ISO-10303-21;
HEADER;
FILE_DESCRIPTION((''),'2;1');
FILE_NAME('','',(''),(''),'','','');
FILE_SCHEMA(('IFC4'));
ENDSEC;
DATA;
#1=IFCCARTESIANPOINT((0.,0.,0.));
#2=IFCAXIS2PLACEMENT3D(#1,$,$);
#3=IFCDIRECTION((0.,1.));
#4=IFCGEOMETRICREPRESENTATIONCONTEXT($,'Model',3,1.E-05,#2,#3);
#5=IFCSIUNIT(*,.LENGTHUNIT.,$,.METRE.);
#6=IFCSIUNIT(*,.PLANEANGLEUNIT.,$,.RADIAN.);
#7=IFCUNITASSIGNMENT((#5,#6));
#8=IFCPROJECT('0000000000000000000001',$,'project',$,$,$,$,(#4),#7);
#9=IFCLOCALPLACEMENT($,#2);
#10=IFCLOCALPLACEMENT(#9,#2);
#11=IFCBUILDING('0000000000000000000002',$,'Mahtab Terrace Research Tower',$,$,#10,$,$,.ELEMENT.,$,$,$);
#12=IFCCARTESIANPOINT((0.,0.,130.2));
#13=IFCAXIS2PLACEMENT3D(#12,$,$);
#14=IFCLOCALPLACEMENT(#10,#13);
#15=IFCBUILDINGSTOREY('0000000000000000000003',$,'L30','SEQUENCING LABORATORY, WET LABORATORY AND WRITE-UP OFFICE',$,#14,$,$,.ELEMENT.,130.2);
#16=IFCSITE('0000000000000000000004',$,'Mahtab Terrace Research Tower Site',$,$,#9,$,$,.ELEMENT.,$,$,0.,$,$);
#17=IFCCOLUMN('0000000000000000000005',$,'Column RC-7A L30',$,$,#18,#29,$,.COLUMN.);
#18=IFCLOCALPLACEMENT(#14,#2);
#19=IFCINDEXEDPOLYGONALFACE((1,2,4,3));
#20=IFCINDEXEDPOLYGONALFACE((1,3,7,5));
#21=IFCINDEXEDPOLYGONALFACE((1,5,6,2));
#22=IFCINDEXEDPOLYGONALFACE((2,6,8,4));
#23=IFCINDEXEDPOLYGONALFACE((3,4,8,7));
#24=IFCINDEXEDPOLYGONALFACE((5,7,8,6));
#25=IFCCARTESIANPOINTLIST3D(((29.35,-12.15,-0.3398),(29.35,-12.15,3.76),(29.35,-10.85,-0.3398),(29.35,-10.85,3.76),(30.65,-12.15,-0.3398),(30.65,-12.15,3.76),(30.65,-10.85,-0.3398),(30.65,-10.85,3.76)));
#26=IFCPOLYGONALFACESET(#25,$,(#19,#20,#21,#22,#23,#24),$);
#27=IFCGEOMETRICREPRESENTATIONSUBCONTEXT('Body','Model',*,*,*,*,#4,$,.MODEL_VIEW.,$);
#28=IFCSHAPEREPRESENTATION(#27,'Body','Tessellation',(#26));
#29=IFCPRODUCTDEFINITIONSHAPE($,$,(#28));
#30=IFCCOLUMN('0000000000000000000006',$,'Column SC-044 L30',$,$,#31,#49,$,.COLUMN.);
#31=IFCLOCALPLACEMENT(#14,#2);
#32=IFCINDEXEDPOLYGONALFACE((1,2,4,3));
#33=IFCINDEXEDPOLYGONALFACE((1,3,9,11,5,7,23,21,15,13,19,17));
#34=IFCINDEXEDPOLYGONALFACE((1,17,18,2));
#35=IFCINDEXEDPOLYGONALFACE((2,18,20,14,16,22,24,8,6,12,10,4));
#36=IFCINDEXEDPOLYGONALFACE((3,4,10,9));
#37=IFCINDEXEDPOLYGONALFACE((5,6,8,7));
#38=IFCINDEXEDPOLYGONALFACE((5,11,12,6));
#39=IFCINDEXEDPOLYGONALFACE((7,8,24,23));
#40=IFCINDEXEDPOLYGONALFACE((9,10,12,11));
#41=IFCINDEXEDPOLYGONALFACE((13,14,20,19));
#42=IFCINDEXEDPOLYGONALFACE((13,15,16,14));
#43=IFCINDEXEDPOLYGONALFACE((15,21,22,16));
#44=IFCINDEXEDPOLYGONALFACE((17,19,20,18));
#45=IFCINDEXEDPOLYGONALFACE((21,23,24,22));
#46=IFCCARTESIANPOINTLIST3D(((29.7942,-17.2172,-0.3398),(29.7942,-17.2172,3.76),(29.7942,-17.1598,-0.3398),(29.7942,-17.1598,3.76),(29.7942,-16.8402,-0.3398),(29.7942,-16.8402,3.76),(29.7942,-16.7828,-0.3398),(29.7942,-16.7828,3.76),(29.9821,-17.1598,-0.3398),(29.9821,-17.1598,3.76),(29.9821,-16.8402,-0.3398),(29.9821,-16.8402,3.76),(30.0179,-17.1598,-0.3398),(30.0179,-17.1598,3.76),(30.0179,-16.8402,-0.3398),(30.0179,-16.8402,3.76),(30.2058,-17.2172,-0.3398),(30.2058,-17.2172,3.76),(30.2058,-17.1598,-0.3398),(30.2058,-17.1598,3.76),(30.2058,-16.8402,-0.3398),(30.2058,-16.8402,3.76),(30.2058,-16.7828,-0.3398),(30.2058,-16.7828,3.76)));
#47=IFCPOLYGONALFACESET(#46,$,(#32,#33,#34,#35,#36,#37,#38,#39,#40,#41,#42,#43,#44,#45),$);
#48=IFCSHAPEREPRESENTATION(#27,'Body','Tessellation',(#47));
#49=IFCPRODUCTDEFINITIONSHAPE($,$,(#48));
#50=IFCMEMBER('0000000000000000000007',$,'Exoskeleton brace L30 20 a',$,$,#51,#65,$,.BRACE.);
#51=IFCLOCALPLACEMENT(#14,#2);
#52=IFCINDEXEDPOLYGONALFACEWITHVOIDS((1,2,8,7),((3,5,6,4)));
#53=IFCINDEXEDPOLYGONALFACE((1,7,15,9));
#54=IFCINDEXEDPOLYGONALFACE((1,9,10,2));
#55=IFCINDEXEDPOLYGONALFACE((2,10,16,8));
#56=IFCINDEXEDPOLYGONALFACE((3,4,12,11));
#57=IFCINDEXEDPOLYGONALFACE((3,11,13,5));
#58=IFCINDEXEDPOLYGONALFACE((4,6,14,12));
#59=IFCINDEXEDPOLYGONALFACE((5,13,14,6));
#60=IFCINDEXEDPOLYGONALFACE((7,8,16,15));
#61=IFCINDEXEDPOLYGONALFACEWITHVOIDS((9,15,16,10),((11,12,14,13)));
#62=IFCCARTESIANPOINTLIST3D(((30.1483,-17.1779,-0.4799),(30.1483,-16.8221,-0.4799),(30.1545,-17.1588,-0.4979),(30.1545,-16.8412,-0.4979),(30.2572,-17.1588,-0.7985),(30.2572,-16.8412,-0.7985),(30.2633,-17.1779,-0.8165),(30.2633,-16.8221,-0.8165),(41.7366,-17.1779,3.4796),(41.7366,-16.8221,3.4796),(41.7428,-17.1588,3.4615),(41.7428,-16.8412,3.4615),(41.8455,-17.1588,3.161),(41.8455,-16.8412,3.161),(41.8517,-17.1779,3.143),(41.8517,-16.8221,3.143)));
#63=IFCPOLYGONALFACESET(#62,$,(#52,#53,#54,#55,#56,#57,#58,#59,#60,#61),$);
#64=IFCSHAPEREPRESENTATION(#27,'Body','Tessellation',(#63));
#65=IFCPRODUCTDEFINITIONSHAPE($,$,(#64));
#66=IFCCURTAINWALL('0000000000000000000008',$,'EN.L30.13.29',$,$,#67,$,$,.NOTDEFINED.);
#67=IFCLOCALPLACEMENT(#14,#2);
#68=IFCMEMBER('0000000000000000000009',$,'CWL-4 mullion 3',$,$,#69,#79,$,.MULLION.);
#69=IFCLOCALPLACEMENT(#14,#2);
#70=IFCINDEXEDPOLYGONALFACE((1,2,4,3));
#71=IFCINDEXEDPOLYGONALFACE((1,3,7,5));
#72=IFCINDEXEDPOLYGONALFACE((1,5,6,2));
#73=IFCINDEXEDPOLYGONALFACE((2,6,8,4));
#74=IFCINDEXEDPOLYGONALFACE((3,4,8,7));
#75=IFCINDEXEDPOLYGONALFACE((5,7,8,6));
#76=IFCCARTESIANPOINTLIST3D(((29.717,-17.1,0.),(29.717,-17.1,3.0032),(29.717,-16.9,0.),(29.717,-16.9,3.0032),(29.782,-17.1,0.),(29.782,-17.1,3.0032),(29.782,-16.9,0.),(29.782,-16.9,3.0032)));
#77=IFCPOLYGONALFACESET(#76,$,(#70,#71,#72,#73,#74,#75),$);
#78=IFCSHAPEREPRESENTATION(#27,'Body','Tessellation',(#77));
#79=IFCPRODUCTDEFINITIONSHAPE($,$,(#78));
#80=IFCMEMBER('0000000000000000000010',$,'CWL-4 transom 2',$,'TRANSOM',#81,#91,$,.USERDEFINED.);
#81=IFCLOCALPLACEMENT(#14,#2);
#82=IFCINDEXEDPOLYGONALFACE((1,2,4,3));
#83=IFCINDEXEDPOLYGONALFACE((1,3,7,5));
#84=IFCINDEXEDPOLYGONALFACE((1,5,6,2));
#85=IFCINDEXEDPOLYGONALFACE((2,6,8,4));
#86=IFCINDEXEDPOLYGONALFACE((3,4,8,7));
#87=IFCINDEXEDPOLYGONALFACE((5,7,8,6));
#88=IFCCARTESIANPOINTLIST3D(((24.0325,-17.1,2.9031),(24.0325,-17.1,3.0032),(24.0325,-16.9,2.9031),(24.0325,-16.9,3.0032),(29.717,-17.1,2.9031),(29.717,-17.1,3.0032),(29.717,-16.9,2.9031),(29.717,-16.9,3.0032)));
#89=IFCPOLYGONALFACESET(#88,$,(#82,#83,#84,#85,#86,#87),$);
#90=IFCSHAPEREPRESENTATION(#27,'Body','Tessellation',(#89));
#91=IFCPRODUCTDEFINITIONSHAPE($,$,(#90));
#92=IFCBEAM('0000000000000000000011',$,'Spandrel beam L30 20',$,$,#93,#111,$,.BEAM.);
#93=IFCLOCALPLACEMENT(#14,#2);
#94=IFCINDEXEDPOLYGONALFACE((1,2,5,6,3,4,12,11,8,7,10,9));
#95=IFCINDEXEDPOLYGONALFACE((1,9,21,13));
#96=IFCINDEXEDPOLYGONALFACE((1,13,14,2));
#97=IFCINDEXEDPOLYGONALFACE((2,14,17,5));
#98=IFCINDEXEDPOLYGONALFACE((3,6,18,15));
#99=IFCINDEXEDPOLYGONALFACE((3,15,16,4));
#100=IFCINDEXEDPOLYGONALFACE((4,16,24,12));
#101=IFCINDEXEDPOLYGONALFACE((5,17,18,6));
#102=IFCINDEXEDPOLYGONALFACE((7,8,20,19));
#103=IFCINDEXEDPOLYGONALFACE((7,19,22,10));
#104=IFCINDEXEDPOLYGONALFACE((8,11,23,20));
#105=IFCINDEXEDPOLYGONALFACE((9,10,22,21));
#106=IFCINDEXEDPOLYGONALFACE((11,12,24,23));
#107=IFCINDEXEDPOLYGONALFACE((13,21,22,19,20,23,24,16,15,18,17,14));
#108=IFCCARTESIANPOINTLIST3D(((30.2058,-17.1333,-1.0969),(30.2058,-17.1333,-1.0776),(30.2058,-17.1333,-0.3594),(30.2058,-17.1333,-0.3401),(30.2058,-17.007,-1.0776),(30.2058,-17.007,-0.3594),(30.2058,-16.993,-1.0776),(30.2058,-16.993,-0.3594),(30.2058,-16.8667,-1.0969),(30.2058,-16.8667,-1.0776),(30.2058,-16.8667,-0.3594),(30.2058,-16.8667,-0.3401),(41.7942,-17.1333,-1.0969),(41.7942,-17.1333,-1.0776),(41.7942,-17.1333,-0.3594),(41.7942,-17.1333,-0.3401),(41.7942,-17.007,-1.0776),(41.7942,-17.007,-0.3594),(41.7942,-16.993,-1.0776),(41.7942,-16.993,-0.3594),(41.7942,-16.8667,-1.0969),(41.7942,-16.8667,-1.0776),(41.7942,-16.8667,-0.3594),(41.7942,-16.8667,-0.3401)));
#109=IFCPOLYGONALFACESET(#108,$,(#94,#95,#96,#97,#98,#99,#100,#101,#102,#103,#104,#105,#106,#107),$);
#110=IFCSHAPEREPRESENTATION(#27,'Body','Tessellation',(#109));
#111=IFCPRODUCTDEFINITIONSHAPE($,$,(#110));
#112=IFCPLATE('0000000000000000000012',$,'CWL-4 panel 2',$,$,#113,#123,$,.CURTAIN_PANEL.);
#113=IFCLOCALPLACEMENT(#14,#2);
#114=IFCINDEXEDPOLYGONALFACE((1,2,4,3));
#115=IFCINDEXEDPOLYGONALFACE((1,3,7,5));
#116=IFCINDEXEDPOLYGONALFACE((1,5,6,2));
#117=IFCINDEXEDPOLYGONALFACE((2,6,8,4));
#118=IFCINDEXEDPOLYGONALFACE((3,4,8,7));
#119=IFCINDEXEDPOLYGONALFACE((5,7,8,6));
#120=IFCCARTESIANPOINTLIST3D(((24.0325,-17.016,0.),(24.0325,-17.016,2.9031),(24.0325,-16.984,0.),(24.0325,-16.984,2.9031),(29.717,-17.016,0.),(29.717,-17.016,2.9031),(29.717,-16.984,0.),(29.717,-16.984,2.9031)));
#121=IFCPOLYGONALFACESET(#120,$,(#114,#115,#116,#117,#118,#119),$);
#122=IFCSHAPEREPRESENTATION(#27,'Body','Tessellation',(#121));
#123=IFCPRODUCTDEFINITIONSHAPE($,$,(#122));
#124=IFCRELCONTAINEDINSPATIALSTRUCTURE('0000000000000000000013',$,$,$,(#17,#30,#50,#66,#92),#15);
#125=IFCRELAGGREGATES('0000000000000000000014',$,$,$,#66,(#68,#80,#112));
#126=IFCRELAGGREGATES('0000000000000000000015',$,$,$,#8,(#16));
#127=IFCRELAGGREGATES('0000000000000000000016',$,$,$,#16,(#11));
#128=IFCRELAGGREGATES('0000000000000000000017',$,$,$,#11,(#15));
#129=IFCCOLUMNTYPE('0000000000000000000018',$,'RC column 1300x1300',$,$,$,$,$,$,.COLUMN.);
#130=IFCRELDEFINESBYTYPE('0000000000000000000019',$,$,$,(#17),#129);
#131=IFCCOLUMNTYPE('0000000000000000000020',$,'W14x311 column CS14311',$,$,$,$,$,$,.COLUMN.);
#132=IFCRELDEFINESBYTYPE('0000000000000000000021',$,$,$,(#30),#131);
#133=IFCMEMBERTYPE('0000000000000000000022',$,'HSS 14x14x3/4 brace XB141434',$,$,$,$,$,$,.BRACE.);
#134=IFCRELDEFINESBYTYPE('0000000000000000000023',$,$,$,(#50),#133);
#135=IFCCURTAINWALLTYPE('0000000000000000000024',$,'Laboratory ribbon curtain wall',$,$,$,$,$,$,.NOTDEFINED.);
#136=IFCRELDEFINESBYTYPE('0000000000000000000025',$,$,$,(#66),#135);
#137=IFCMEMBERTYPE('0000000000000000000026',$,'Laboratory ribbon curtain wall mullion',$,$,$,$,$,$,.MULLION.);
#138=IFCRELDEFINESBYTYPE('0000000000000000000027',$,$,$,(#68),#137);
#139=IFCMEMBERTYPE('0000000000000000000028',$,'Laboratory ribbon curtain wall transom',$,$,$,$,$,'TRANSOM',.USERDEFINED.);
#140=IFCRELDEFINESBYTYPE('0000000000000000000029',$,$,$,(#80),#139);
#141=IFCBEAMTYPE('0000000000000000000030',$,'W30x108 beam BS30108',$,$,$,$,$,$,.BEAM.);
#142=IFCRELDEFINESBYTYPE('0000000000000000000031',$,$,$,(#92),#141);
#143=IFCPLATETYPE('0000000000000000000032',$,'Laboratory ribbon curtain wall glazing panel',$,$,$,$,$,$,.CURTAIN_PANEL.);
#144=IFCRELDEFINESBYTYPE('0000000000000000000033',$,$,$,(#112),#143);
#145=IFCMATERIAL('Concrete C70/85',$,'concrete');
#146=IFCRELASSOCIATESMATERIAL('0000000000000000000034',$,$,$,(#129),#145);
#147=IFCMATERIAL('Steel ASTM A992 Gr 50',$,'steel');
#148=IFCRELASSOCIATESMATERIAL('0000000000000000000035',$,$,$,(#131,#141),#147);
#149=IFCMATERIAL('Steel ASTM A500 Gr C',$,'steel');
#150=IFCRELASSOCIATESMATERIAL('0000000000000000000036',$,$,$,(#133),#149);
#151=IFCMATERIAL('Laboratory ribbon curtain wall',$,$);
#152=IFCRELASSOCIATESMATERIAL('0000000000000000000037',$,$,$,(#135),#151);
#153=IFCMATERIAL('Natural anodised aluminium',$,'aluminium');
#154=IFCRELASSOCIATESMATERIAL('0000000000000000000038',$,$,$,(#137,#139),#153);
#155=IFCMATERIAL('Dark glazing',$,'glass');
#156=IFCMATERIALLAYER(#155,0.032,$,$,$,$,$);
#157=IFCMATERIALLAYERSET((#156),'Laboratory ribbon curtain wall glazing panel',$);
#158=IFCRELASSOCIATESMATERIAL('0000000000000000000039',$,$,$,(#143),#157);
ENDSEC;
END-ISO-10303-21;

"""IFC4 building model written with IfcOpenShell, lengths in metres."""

from ifc_helpers import new_model, si_unit, direction, frame, origin, origin_2d, place, context, subcontext, project, spatial, rectangle, hollow_rectangle, i_section, extrude, material, layer, layer_set, material_profile, profile_set, type_object, element, aggregate, save


model = new_model("IFC4")

# Units and contexts
model_context = context("Model", 3, precision=1e-05, world=origin(), true_north=direction((0.0, 1.0)))
body_context = subcontext(model_context, "Body", "Model", "MODEL_VIEW")
ifc_project = project(units=[si_unit("LENGTHUNIT", "METRE"), si_unit("PLANEANGLEUNIT", "RADIAN")], contexts=[model_context])

# Site, building, storey
site_placement = place(None, origin())
site = spatial("IfcSite", under=ifc_project, at=site_placement, Name="Mahtab Terrace Research Tower Site", CompositionType="ELEMENT", RefElevation=0.0)
building_placement = place(site_placement, origin())
building = spatial("IfcBuilding", under=site, at=building_placement, Name="Mahtab Terrace Research Tower", CompositionType="ELEMENT")
storey_placement = place(building_placement, frame((0.0, 0.0, 130.2)))
storey = spatial("IfcBuildingStorey", under=building, at=storey_placement, Name="L30", Description="SEQUENCING LABORATORY, WET LABORATORY AND WRITE-UP OFFICE", CompositionType="ELEMENT", Elevation=130.2)

# Columns
ifc_material_1 = material(Name="Concrete C70/85", Category="concrete")
ifc_material_profile_1 = material_profile(ifc_material_1, rectangle(XDim=1.3, YDim=1.3, at=origin_2d()), Name="RC column 1300x1300")
ifc_profile_set_1 = profile_set([ifc_material_profile_1], Name="Concrete C70/85")
column_type_1 = type_object("IfcColumnType", Name="RC column 1300x1300", PredefinedType="COLUMN", material=ifc_profile_set_1)
column_1_placement = place(storey_placement, frame((30.0, -11.5, -0.3398), z_axis=(0.0, 0.0, 1.0), x_axis=(1.0, 0.0, 0.0)))
element("IfcColumn", 1, at=column_1_placement, inside=storey, type_object=column_type_1, Name="Column RC-7A L30", PredefinedType="COLUMN", context=body_context, shape_type="SweptSolid", body=[
    extrude(rectangle(XDim=1.3, YDim=1.3, at=origin_2d()), origin(), (0.0, 0.0, 1.0), 4.0999),
])
ifc_material_2 = material(Name="Steel ASTM A992 Gr 50", Category="steel")
ifc_material_profile_2 = material_profile(ifc_material_2, i_section(OverallWidth=0.4116, OverallDepth=0.4343, WebThickness=0.0359, FlangeThickness=0.0574, at=origin_2d()), Name="W14X311")
ifc_profile_set_2 = profile_set([ifc_material_profile_2], Name="Steel ASTM A992 Gr 50")
column_type_2 = type_object("IfcColumnType", Name="W14x311 column CS14311", PredefinedType="COLUMN", material=ifc_profile_set_2)
column_2_placement = place(storey_placement, frame((30.0, -17.0, -0.3398), z_axis=(0.0, 0.0, 1.0), x_axis=(1.0, 0.0, 0.0)))
element("IfcColumn", 2, at=column_2_placement, inside=storey, type_object=column_type_2, Name="Column SC-044 L30", PredefinedType="COLUMN", context=body_context, shape_type="SweptSolid", body=[
    extrude(i_section(OverallWidth=0.4116, OverallDepth=0.4343, WebThickness=0.0359, FlangeThickness=0.0574, at=origin_2d()), origin(), (0.0, 0.0, 1.0), 4.0999),
])

# Member
ifc_material_3 = material(Name="Steel ASTM A500 Gr C", Category="steel")
ifc_material_profile_3 = material_profile(ifc_material_3, hollow_rectangle(XDim=0.3557, YDim=0.3557, WallThickness=0.019, at=origin_2d()), Name="HSS14X14X3/4")
ifc_profile_set_3 = profile_set([ifc_material_profile_3], Name="Steel ASTM A500 Gr C")
member_type_1 = type_object("IfcMemberType", Name="HSS 14x14x3/4 brace XB141434", PredefinedType="BRACE", material=ifc_profile_set_3)
member_1_placement = place(storey_placement, frame((30.2058, -17.0, -0.6482), z_axis=(0.946288, 0.0, 0.323324), x_axis=(0.0, 1.0, 0.0)))
element("IfcMember", 3, at=member_1_placement, inside=storey, type_object=member_type_1, Name="Exoskeleton brace L30 20 a", PredefinedType="BRACE", context=body_context, shape_type="SweptSolid", body=[
    extrude(hollow_rectangle(XDim=0.3557, YDim=0.3557, WallThickness=0.019, at=origin_2d()), origin(), (0.0, 0.0, 1.0), 12.2461),
])

# Curtain wall, members
ifc_material_4 = material(Name="Laboratory ribbon curtain wall")
curtain_wall_type = type_object("IfcCurtainWallType", Name="Laboratory ribbon curtain wall", PredefinedType="NOTDEFINED", material=ifc_material_4)
curtain_wall_placement = place(storey_placement, origin())
curtain_wall = element("IfcCurtainWall", 4, at=curtain_wall_placement, inside=storey, type_object=curtain_wall_type, Name="EN.L30.13.29", PredefinedType="NOTDEFINED")
ifc_material_5 = material(Name="Natural anodised aluminium", Category="aluminium")
ifc_material_profile_4 = material_profile(ifc_material_5, rectangle(XDim=0.2, YDim=0.0649, at=origin_2d()), Name="MULLION 65x200")
ifc_profile_set_4 = profile_set([ifc_material_profile_4], Name="Natural anodised aluminium")
member_type_2 = type_object("IfcMemberType", Name="Laboratory ribbon curtain wall mullion", PredefinedType="MULLION", material=ifc_profile_set_4)
member_2_placement = place(storey_placement, frame((29.7495, -17.0, 0.0), z_axis=(0.0, 0.0, 1.0), x_axis=(0.0, 1.0, 0.0)))
member_2 = element("IfcMember", 5, at=member_2_placement, type_object=member_type_2, Name="CWL-4 mullion 3", PredefinedType="MULLION", context=body_context, shape_type="SweptSolid", body=[
    extrude(rectangle(XDim=0.2, YDim=0.0649, at=origin_2d()), origin(), (0.0, 0.0, 1.0), 3.0032),
])
ifc_material_profile_5 = material_profile(ifc_material_5, rectangle(XDim=0.2, YDim=0.1001, at=origin_2d()), Name="TRANSOM 100x200")
ifc_profile_set_5 = profile_set([ifc_material_profile_5], Name="Natural anodised aluminium")
member_type_3 = type_object("IfcMemberType", Name="Laboratory ribbon curtain wall transom", ElementType="TRANSOM", PredefinedType="USERDEFINED", material=ifc_profile_set_5)
member_3_placement = place(storey_placement, frame((24.0325, -17.0, 2.9531), z_axis=(1.0, 0.0, 0.0), x_axis=(0.0, 1.0, 0.0)))
member_3 = element("IfcMember", 6, at=member_3_placement, type_object=member_type_3, Name="CWL-4 transom 2", ObjectType="TRANSOM", PredefinedType="USERDEFINED", context=body_context, shape_type="SweptSolid", body=[
    extrude(rectangle(XDim=0.2, YDim=0.1001, at=origin_2d()), origin(), (0.0, 0.0, 1.0), 5.6846),
])

# Beam
ifc_material_profile_6 = material_profile(ifc_material_2, i_section(OverallWidth=0.2666, OverallDepth=0.7568, WebThickness=0.0139, FlangeThickness=0.0193, at=origin_2d()), Name="W30X108")
ifc_profile_set_6 = profile_set([ifc_material_profile_6], Name="Steel ASTM A992 Gr 50")
beam_type = type_object("IfcBeamType", Name="W30x108 beam BS30108", PredefinedType="BEAM", material=ifc_profile_set_6)
beam_placement = place(storey_placement, frame((30.2058, -17.0, -0.7185), z_axis=(1.0, 0.0, 0.0), x_axis=(0.0, 1.0, 0.0)))
element("IfcBeam", 7, at=beam_placement, inside=storey, type_object=beam_type, Name="Spandrel beam L30 20", PredefinedType="BEAM", context=body_context, shape_type="SweptSolid", body=[
    extrude(i_section(OverallWidth=0.2666, OverallDepth=0.7568, WebThickness=0.0139, FlangeThickness=0.0193, at=origin_2d()), origin(), (0.0, 0.0, 1.0), 11.5884),
])

# Plate
ifc_material_6 = material(Name="Dark glazing", Category="glass")
ifc_layer_1 = layer(ifc_material_6, 0.032)
ifc_layer_set_1 = layer_set([ifc_layer_1], Name="Laboratory ribbon curtain wall glazing panel")
plate_type = type_object("IfcPlateType", Name="Laboratory ribbon curtain wall glazing panel", PredefinedType="CURTAIN_PANEL", material=ifc_layer_set_1)
plate_placement = place(storey_placement, frame((26.8748, -17.0, 0.0), z_axis=(0.0, 0.0, 1.0), x_axis=(1.0, 0.0, 0.0)))
plate = element("IfcPlate", 8, at=plate_placement, type_object=plate_type, Name="CWL-4 panel 2", PredefinedType="CURTAIN_PANEL", context=body_context, shape_type="SweptSolid", body=[
    extrude(rectangle(XDim=5.6846, YDim=0.032, at=origin_2d()), origin(), (0.0, 0.0, 1.0), 2.9031),
])
aggregate(curtain_wall, [member_2, member_3, plate])

save(model, "model.ifc")
